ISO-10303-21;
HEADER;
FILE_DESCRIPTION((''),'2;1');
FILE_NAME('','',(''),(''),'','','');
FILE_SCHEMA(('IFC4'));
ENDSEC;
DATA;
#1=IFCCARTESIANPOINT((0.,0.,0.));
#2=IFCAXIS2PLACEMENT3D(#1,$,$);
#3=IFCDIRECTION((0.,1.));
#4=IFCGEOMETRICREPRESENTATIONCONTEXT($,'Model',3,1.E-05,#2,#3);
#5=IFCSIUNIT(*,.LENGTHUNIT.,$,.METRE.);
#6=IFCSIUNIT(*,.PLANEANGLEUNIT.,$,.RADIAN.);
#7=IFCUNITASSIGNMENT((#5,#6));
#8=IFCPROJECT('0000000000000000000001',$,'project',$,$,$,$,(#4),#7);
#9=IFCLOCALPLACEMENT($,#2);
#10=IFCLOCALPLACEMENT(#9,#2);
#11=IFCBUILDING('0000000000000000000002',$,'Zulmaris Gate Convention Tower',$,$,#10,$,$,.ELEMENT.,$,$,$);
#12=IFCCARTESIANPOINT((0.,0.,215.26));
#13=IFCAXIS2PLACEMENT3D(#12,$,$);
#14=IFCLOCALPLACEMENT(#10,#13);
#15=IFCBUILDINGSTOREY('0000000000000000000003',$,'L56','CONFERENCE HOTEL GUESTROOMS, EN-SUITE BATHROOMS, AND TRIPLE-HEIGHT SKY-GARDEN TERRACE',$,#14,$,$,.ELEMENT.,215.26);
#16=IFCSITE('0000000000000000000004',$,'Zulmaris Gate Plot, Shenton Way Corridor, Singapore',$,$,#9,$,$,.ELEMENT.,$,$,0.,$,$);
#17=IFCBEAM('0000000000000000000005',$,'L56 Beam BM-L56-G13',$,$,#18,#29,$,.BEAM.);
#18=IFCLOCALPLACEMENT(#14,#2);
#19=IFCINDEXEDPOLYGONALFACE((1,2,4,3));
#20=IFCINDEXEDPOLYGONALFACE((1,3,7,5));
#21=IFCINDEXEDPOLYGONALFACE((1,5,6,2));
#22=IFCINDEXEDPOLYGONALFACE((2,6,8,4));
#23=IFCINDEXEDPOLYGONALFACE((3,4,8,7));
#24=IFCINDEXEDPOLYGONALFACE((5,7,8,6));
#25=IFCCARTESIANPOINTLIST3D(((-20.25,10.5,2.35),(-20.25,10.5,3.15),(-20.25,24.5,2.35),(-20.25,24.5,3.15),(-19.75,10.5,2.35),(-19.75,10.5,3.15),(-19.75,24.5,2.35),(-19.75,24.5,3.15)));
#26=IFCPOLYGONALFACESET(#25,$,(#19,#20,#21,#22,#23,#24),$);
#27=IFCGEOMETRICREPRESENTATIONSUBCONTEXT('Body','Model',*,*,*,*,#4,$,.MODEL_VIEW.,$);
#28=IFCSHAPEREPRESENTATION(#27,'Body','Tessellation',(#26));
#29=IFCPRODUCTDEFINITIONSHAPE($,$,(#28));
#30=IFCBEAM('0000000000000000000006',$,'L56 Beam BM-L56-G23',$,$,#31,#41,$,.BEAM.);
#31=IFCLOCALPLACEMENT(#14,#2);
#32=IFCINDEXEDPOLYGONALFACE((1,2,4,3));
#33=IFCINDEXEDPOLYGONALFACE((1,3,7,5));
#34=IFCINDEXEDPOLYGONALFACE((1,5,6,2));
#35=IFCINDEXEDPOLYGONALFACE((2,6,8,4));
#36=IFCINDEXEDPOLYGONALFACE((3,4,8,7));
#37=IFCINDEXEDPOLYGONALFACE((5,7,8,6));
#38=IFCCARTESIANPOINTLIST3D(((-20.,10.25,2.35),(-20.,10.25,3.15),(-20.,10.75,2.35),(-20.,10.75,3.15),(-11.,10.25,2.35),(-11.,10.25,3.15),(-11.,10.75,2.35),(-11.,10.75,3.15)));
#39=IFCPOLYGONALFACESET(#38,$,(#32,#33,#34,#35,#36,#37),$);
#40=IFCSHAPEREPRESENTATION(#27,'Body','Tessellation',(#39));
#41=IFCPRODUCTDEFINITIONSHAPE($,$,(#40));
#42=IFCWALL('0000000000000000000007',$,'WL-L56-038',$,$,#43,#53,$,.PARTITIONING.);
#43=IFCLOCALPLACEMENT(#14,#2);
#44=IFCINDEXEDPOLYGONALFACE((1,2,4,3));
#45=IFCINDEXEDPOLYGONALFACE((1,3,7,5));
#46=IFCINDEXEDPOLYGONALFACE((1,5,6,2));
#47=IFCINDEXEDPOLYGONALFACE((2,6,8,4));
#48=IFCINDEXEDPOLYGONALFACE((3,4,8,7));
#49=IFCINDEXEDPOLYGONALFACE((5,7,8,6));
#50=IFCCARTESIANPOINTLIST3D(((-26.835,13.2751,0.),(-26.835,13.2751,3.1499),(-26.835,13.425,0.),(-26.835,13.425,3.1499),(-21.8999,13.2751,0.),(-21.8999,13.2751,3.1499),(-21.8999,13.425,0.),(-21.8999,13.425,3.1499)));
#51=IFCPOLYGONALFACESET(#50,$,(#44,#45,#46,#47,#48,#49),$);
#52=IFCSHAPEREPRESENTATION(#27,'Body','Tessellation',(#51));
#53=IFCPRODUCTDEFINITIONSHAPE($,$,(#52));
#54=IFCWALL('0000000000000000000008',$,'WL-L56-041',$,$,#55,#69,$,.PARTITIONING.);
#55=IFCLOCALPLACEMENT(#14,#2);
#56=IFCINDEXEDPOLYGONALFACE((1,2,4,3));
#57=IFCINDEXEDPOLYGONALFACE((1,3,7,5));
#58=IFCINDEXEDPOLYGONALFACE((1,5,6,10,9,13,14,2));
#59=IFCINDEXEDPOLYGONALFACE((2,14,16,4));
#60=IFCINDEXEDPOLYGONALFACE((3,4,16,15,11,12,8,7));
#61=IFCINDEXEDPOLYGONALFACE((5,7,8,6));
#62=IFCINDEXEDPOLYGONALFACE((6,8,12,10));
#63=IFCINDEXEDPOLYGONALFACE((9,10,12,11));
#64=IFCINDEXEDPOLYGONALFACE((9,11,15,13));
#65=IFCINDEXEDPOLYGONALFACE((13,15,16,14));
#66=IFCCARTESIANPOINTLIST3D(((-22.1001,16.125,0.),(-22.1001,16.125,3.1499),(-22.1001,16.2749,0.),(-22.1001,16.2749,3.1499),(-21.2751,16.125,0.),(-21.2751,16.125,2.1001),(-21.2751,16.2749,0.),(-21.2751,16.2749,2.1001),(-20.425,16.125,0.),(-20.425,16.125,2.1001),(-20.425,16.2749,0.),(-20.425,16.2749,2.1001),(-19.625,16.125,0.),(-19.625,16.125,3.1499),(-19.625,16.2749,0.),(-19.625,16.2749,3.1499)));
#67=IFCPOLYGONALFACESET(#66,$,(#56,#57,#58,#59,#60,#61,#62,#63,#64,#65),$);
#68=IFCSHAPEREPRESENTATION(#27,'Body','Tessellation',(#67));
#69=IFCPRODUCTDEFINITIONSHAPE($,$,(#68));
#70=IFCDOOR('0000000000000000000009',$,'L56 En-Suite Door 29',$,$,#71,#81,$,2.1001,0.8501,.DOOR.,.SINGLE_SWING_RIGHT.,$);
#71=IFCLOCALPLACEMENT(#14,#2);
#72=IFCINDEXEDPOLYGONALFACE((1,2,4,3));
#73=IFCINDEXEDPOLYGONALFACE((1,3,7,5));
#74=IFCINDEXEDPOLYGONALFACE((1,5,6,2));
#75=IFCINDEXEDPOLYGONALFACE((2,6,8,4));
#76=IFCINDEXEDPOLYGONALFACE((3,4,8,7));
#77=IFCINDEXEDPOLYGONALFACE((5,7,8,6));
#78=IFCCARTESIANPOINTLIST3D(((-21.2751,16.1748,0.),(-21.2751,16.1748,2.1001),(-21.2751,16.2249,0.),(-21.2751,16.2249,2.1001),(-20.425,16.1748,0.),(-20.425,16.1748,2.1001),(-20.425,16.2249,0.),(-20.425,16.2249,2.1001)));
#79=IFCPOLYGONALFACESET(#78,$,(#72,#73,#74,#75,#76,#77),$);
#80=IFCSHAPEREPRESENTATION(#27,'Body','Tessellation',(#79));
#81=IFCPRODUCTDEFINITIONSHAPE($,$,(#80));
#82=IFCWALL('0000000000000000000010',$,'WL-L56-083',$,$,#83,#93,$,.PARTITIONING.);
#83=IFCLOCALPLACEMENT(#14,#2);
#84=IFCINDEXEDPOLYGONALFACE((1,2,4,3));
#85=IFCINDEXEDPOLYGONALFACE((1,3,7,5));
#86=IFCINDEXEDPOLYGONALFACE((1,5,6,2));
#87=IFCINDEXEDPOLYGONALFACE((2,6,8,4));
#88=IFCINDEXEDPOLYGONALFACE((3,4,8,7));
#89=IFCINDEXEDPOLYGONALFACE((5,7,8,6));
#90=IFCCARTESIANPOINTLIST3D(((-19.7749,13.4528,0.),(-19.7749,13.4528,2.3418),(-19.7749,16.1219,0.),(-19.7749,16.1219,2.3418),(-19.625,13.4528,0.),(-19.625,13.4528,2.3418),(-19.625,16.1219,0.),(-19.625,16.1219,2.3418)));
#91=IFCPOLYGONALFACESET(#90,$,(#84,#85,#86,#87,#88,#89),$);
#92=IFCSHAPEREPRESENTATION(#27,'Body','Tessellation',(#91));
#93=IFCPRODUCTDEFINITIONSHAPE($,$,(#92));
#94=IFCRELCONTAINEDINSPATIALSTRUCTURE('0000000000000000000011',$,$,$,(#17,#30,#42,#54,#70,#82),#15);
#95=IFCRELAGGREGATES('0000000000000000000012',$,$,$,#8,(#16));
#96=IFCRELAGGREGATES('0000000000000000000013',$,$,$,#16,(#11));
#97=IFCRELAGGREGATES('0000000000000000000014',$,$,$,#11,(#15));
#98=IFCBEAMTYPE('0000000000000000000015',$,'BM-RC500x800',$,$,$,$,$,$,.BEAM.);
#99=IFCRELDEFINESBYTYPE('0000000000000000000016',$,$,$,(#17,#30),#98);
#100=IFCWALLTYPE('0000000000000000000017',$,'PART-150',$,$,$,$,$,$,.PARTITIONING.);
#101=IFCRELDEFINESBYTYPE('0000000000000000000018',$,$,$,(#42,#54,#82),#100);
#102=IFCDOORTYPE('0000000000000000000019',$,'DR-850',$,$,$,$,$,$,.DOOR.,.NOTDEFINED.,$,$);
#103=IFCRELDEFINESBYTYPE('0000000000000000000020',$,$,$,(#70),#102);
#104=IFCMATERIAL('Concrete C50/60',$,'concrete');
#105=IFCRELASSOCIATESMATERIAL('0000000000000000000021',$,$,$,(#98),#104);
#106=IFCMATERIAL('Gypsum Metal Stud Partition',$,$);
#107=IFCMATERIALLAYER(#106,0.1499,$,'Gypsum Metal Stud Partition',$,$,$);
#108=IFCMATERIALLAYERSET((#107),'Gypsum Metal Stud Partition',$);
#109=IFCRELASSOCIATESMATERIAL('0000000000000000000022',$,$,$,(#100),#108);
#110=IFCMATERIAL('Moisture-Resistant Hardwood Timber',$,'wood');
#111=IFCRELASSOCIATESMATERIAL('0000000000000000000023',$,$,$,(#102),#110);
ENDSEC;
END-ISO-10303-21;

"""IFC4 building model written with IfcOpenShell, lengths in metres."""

from ifc_helpers import new_model, si_unit, direction, frame, frame_2d, origin, origin_2d, place, context, subcontext, project, spatial, rectangle, extrude, material, layer, layer_set, material_profile, profile_set, type_object, element, fill, save


model = new_model("IFC4")

# Units and contexts
model_context = context("Model", 3, precision=1e-05, world=origin(), true_north=direction((0.0, 1.0)))
body_context = subcontext(model_context, "Body", "Model", "MODEL_VIEW")
ifc_project = project(units=[si_unit("LENGTHUNIT", "METRE"), si_unit("PLANEANGLEUNIT", "RADIAN")], contexts=[model_context])

# Site, building, storey
site_placement = place(None, origin())
site = spatial("IfcSite", under=ifc_project, at=site_placement, Name="Zulmaris Gate Plot, Shenton Way Corridor, Singapore", CompositionType="ELEMENT", RefElevation=0.0)
building_placement = place(site_placement, origin())
building = spatial("IfcBuilding", under=site, at=building_placement, Name="Zulmaris Gate Convention Tower", CompositionType="ELEMENT")
storey_placement = place(building_placement, frame((0.0, 0.0, 215.26)))
storey = spatial("IfcBuildingStorey", under=building, at=storey_placement, Name="L56", Description="CONFERENCE HOTEL GUESTROOMS, EN-SUITE BATHROOMS, AND TRIPLE-HEIGHT SKY-GARDEN TERRACE", CompositionType="ELEMENT", Elevation=215.26)

# Beams
ifc_material_1 = material(Name="Concrete C50/60", Category="concrete")
ifc_material_profile = material_profile(ifc_material_1, rectangle(XDim=0.5, YDim=0.8, at=origin_2d()), Name="RC BEAM 500x800")
ifc_profile_set = profile_set([ifc_material_profile], Name="Concrete C50/60")
beam_type = type_object("IfcBeamType", Name="BM-RC500x800", PredefinedType="BEAM", material=ifc_profile_set)
beam_1_placement = place(storey_placement, frame((-20.0, 10.5, 2.75), z_axis=(0.0, 1.0, 0.0), x_axis=(-1.0, 0.0, 0.0)))
element("IfcBeam", 1, at=beam_1_placement, inside=storey, type_object=beam_type, Name="L56 Beam BM-L56-G13", PredefinedType="BEAM", context=body_context, shape_type="SweptSolid", body=[
    extrude(rectangle(XDim=0.5, YDim=0.8, at=origin_2d()), origin(), (0.0, 0.0, 1.0), 14.0),
])
beam_2_placement = place(storey_placement, frame((-20.0, 10.5, 2.75), z_axis=(1.0, 0.0, 0.0), x_axis=(0.0, 1.0, 0.0)))
element("IfcBeam", 2, at=beam_2_placement, inside=storey, type_object=beam_type, Name="L56 Beam BM-L56-G23", PredefinedType="BEAM", context=body_context, shape_type="SweptSolid", body=[
    extrude(rectangle(XDim=0.5, YDim=0.8, at=origin_2d()), origin(), (0.0, 0.0, 1.0), 9.0),
])

# Wall
ifc_material_2 = material(Name="Gypsum Metal Stud Partition")
ifc_layer_1 = layer(ifc_material_2, 0.1499, Name="Gypsum Metal Stud Partition")
ifc_layer_set_1 = layer_set([ifc_layer_1], Name="Gypsum Metal Stud Partition")
wall_type_1 = type_object("IfcWallType", Name="PART-150", PredefinedType="PARTITIONING", material=ifc_layer_set_1)
wall_1_placement = place(storey_placement, frame((-26.835, 13.3501, 0.0), z_axis=(0.0, 0.0, 1.0), x_axis=(1.0, 0.0, 0.0)))
element("IfcWall", 3, at=wall_1_placement, inside=storey, type_object=wall_type_1, Name="WL-L56-038", PredefinedType="PARTITIONING", context=body_context, shape_type="SweptSolid", body=[
    extrude(rectangle(XDim=4.9351, YDim=0.1499, at=frame_2d((2.4675, 0.0))), origin(), (0.0, 0.0, 1.0), 3.1499),
])

# Wall, opening, door
wall_2_placement = place(storey_placement, frame((-22.1001, 16.2, 0.0), z_axis=(0.0, 0.0, 1.0), x_axis=(1.0, 0.0, 0.0)))
wall_2 = element("IfcWall", 4, at=wall_2_placement, inside=storey, type_object=wall_type_1, Name="WL-L56-041", PredefinedType="PARTITIONING", context=body_context, shape_type="SweptSolid", body=[
    extrude(rectangle(XDim=2.4751, YDim=0.1499, at=frame_2d((1.2375, 0.0))), origin(), (0.0, 0.0, 1.0), 3.1499),
])
opening_1_placement = place(wall_2_placement, frame((0.825, 0.0, 0.0)))
opening_1 = element("IfcOpeningElement", 5, at=opening_1_placement, cuts=wall_2, PredefinedType="OPENING", context=body_context, shape_type="SweptSolid", body=[
    extrude(rectangle(XDim=0.8501, YDim=2.1001, at=frame_2d((0.425, 1.05))), frame((0.0, 0.085, 0.0), z_axis=(0.0, -1.0, 0.0), x_axis=(1.0, 0.0, 0.0)), (0.0, 0.0, 1.0), 0.1699),
])
ifc_material_3 = material(Name="Moisture-Resistant Hardwood Timber", Category="wood")
door_type_1 = type_object("IfcDoorType", Name="DR-850", OperationType="NOTDEFINED", PredefinedType="DOOR", material=ifc_material_3)
door_1_placement = place(opening_1_placement, origin())
door_1 = element("IfcDoor", 6, at=door_1_placement, inside=storey, type_object=door_type_1, Name="L56 En-Suite Door 29", OperationType="SINGLE_SWING_RIGHT", OverallHeight=2.1001, OverallWidth=0.8501, PredefinedType="DOOR", context=body_context, shape_type="SweptSolid", body=[
    extrude(rectangle(XDim=0.8501, YDim=2.1001, at=frame_2d((0.425, 1.05))), frame((0.0, 0.0249, 0.0), z_axis=(0.0, -1.0, 0.0), x_axis=(1.0, 0.0, 0.0)), (0.0, 0.0, 1.0), 0.05),
])
fill(opening_1, door_1)

# Wall
wall_3_placement = place(storey_placement, frame((-19.7, 13.4529, 0.0), z_axis=(0.0, 0.0, 1.0), x_axis=(0.0, 1.0, 0.0)))
element("IfcWall", 7, at=wall_3_placement, inside=storey, type_object=wall_type_1, Name="WL-L56-083", PredefinedType="PARTITIONING", context=body_context, shape_type="SweptSolid", body=[
    extrude(rectangle(XDim=2.6692, YDim=0.1499, at=frame_2d((1.3345, 0.0))), origin(), (0.0, 0.0, 1.0), 2.3418),
])

save(model, "model.ifc")
